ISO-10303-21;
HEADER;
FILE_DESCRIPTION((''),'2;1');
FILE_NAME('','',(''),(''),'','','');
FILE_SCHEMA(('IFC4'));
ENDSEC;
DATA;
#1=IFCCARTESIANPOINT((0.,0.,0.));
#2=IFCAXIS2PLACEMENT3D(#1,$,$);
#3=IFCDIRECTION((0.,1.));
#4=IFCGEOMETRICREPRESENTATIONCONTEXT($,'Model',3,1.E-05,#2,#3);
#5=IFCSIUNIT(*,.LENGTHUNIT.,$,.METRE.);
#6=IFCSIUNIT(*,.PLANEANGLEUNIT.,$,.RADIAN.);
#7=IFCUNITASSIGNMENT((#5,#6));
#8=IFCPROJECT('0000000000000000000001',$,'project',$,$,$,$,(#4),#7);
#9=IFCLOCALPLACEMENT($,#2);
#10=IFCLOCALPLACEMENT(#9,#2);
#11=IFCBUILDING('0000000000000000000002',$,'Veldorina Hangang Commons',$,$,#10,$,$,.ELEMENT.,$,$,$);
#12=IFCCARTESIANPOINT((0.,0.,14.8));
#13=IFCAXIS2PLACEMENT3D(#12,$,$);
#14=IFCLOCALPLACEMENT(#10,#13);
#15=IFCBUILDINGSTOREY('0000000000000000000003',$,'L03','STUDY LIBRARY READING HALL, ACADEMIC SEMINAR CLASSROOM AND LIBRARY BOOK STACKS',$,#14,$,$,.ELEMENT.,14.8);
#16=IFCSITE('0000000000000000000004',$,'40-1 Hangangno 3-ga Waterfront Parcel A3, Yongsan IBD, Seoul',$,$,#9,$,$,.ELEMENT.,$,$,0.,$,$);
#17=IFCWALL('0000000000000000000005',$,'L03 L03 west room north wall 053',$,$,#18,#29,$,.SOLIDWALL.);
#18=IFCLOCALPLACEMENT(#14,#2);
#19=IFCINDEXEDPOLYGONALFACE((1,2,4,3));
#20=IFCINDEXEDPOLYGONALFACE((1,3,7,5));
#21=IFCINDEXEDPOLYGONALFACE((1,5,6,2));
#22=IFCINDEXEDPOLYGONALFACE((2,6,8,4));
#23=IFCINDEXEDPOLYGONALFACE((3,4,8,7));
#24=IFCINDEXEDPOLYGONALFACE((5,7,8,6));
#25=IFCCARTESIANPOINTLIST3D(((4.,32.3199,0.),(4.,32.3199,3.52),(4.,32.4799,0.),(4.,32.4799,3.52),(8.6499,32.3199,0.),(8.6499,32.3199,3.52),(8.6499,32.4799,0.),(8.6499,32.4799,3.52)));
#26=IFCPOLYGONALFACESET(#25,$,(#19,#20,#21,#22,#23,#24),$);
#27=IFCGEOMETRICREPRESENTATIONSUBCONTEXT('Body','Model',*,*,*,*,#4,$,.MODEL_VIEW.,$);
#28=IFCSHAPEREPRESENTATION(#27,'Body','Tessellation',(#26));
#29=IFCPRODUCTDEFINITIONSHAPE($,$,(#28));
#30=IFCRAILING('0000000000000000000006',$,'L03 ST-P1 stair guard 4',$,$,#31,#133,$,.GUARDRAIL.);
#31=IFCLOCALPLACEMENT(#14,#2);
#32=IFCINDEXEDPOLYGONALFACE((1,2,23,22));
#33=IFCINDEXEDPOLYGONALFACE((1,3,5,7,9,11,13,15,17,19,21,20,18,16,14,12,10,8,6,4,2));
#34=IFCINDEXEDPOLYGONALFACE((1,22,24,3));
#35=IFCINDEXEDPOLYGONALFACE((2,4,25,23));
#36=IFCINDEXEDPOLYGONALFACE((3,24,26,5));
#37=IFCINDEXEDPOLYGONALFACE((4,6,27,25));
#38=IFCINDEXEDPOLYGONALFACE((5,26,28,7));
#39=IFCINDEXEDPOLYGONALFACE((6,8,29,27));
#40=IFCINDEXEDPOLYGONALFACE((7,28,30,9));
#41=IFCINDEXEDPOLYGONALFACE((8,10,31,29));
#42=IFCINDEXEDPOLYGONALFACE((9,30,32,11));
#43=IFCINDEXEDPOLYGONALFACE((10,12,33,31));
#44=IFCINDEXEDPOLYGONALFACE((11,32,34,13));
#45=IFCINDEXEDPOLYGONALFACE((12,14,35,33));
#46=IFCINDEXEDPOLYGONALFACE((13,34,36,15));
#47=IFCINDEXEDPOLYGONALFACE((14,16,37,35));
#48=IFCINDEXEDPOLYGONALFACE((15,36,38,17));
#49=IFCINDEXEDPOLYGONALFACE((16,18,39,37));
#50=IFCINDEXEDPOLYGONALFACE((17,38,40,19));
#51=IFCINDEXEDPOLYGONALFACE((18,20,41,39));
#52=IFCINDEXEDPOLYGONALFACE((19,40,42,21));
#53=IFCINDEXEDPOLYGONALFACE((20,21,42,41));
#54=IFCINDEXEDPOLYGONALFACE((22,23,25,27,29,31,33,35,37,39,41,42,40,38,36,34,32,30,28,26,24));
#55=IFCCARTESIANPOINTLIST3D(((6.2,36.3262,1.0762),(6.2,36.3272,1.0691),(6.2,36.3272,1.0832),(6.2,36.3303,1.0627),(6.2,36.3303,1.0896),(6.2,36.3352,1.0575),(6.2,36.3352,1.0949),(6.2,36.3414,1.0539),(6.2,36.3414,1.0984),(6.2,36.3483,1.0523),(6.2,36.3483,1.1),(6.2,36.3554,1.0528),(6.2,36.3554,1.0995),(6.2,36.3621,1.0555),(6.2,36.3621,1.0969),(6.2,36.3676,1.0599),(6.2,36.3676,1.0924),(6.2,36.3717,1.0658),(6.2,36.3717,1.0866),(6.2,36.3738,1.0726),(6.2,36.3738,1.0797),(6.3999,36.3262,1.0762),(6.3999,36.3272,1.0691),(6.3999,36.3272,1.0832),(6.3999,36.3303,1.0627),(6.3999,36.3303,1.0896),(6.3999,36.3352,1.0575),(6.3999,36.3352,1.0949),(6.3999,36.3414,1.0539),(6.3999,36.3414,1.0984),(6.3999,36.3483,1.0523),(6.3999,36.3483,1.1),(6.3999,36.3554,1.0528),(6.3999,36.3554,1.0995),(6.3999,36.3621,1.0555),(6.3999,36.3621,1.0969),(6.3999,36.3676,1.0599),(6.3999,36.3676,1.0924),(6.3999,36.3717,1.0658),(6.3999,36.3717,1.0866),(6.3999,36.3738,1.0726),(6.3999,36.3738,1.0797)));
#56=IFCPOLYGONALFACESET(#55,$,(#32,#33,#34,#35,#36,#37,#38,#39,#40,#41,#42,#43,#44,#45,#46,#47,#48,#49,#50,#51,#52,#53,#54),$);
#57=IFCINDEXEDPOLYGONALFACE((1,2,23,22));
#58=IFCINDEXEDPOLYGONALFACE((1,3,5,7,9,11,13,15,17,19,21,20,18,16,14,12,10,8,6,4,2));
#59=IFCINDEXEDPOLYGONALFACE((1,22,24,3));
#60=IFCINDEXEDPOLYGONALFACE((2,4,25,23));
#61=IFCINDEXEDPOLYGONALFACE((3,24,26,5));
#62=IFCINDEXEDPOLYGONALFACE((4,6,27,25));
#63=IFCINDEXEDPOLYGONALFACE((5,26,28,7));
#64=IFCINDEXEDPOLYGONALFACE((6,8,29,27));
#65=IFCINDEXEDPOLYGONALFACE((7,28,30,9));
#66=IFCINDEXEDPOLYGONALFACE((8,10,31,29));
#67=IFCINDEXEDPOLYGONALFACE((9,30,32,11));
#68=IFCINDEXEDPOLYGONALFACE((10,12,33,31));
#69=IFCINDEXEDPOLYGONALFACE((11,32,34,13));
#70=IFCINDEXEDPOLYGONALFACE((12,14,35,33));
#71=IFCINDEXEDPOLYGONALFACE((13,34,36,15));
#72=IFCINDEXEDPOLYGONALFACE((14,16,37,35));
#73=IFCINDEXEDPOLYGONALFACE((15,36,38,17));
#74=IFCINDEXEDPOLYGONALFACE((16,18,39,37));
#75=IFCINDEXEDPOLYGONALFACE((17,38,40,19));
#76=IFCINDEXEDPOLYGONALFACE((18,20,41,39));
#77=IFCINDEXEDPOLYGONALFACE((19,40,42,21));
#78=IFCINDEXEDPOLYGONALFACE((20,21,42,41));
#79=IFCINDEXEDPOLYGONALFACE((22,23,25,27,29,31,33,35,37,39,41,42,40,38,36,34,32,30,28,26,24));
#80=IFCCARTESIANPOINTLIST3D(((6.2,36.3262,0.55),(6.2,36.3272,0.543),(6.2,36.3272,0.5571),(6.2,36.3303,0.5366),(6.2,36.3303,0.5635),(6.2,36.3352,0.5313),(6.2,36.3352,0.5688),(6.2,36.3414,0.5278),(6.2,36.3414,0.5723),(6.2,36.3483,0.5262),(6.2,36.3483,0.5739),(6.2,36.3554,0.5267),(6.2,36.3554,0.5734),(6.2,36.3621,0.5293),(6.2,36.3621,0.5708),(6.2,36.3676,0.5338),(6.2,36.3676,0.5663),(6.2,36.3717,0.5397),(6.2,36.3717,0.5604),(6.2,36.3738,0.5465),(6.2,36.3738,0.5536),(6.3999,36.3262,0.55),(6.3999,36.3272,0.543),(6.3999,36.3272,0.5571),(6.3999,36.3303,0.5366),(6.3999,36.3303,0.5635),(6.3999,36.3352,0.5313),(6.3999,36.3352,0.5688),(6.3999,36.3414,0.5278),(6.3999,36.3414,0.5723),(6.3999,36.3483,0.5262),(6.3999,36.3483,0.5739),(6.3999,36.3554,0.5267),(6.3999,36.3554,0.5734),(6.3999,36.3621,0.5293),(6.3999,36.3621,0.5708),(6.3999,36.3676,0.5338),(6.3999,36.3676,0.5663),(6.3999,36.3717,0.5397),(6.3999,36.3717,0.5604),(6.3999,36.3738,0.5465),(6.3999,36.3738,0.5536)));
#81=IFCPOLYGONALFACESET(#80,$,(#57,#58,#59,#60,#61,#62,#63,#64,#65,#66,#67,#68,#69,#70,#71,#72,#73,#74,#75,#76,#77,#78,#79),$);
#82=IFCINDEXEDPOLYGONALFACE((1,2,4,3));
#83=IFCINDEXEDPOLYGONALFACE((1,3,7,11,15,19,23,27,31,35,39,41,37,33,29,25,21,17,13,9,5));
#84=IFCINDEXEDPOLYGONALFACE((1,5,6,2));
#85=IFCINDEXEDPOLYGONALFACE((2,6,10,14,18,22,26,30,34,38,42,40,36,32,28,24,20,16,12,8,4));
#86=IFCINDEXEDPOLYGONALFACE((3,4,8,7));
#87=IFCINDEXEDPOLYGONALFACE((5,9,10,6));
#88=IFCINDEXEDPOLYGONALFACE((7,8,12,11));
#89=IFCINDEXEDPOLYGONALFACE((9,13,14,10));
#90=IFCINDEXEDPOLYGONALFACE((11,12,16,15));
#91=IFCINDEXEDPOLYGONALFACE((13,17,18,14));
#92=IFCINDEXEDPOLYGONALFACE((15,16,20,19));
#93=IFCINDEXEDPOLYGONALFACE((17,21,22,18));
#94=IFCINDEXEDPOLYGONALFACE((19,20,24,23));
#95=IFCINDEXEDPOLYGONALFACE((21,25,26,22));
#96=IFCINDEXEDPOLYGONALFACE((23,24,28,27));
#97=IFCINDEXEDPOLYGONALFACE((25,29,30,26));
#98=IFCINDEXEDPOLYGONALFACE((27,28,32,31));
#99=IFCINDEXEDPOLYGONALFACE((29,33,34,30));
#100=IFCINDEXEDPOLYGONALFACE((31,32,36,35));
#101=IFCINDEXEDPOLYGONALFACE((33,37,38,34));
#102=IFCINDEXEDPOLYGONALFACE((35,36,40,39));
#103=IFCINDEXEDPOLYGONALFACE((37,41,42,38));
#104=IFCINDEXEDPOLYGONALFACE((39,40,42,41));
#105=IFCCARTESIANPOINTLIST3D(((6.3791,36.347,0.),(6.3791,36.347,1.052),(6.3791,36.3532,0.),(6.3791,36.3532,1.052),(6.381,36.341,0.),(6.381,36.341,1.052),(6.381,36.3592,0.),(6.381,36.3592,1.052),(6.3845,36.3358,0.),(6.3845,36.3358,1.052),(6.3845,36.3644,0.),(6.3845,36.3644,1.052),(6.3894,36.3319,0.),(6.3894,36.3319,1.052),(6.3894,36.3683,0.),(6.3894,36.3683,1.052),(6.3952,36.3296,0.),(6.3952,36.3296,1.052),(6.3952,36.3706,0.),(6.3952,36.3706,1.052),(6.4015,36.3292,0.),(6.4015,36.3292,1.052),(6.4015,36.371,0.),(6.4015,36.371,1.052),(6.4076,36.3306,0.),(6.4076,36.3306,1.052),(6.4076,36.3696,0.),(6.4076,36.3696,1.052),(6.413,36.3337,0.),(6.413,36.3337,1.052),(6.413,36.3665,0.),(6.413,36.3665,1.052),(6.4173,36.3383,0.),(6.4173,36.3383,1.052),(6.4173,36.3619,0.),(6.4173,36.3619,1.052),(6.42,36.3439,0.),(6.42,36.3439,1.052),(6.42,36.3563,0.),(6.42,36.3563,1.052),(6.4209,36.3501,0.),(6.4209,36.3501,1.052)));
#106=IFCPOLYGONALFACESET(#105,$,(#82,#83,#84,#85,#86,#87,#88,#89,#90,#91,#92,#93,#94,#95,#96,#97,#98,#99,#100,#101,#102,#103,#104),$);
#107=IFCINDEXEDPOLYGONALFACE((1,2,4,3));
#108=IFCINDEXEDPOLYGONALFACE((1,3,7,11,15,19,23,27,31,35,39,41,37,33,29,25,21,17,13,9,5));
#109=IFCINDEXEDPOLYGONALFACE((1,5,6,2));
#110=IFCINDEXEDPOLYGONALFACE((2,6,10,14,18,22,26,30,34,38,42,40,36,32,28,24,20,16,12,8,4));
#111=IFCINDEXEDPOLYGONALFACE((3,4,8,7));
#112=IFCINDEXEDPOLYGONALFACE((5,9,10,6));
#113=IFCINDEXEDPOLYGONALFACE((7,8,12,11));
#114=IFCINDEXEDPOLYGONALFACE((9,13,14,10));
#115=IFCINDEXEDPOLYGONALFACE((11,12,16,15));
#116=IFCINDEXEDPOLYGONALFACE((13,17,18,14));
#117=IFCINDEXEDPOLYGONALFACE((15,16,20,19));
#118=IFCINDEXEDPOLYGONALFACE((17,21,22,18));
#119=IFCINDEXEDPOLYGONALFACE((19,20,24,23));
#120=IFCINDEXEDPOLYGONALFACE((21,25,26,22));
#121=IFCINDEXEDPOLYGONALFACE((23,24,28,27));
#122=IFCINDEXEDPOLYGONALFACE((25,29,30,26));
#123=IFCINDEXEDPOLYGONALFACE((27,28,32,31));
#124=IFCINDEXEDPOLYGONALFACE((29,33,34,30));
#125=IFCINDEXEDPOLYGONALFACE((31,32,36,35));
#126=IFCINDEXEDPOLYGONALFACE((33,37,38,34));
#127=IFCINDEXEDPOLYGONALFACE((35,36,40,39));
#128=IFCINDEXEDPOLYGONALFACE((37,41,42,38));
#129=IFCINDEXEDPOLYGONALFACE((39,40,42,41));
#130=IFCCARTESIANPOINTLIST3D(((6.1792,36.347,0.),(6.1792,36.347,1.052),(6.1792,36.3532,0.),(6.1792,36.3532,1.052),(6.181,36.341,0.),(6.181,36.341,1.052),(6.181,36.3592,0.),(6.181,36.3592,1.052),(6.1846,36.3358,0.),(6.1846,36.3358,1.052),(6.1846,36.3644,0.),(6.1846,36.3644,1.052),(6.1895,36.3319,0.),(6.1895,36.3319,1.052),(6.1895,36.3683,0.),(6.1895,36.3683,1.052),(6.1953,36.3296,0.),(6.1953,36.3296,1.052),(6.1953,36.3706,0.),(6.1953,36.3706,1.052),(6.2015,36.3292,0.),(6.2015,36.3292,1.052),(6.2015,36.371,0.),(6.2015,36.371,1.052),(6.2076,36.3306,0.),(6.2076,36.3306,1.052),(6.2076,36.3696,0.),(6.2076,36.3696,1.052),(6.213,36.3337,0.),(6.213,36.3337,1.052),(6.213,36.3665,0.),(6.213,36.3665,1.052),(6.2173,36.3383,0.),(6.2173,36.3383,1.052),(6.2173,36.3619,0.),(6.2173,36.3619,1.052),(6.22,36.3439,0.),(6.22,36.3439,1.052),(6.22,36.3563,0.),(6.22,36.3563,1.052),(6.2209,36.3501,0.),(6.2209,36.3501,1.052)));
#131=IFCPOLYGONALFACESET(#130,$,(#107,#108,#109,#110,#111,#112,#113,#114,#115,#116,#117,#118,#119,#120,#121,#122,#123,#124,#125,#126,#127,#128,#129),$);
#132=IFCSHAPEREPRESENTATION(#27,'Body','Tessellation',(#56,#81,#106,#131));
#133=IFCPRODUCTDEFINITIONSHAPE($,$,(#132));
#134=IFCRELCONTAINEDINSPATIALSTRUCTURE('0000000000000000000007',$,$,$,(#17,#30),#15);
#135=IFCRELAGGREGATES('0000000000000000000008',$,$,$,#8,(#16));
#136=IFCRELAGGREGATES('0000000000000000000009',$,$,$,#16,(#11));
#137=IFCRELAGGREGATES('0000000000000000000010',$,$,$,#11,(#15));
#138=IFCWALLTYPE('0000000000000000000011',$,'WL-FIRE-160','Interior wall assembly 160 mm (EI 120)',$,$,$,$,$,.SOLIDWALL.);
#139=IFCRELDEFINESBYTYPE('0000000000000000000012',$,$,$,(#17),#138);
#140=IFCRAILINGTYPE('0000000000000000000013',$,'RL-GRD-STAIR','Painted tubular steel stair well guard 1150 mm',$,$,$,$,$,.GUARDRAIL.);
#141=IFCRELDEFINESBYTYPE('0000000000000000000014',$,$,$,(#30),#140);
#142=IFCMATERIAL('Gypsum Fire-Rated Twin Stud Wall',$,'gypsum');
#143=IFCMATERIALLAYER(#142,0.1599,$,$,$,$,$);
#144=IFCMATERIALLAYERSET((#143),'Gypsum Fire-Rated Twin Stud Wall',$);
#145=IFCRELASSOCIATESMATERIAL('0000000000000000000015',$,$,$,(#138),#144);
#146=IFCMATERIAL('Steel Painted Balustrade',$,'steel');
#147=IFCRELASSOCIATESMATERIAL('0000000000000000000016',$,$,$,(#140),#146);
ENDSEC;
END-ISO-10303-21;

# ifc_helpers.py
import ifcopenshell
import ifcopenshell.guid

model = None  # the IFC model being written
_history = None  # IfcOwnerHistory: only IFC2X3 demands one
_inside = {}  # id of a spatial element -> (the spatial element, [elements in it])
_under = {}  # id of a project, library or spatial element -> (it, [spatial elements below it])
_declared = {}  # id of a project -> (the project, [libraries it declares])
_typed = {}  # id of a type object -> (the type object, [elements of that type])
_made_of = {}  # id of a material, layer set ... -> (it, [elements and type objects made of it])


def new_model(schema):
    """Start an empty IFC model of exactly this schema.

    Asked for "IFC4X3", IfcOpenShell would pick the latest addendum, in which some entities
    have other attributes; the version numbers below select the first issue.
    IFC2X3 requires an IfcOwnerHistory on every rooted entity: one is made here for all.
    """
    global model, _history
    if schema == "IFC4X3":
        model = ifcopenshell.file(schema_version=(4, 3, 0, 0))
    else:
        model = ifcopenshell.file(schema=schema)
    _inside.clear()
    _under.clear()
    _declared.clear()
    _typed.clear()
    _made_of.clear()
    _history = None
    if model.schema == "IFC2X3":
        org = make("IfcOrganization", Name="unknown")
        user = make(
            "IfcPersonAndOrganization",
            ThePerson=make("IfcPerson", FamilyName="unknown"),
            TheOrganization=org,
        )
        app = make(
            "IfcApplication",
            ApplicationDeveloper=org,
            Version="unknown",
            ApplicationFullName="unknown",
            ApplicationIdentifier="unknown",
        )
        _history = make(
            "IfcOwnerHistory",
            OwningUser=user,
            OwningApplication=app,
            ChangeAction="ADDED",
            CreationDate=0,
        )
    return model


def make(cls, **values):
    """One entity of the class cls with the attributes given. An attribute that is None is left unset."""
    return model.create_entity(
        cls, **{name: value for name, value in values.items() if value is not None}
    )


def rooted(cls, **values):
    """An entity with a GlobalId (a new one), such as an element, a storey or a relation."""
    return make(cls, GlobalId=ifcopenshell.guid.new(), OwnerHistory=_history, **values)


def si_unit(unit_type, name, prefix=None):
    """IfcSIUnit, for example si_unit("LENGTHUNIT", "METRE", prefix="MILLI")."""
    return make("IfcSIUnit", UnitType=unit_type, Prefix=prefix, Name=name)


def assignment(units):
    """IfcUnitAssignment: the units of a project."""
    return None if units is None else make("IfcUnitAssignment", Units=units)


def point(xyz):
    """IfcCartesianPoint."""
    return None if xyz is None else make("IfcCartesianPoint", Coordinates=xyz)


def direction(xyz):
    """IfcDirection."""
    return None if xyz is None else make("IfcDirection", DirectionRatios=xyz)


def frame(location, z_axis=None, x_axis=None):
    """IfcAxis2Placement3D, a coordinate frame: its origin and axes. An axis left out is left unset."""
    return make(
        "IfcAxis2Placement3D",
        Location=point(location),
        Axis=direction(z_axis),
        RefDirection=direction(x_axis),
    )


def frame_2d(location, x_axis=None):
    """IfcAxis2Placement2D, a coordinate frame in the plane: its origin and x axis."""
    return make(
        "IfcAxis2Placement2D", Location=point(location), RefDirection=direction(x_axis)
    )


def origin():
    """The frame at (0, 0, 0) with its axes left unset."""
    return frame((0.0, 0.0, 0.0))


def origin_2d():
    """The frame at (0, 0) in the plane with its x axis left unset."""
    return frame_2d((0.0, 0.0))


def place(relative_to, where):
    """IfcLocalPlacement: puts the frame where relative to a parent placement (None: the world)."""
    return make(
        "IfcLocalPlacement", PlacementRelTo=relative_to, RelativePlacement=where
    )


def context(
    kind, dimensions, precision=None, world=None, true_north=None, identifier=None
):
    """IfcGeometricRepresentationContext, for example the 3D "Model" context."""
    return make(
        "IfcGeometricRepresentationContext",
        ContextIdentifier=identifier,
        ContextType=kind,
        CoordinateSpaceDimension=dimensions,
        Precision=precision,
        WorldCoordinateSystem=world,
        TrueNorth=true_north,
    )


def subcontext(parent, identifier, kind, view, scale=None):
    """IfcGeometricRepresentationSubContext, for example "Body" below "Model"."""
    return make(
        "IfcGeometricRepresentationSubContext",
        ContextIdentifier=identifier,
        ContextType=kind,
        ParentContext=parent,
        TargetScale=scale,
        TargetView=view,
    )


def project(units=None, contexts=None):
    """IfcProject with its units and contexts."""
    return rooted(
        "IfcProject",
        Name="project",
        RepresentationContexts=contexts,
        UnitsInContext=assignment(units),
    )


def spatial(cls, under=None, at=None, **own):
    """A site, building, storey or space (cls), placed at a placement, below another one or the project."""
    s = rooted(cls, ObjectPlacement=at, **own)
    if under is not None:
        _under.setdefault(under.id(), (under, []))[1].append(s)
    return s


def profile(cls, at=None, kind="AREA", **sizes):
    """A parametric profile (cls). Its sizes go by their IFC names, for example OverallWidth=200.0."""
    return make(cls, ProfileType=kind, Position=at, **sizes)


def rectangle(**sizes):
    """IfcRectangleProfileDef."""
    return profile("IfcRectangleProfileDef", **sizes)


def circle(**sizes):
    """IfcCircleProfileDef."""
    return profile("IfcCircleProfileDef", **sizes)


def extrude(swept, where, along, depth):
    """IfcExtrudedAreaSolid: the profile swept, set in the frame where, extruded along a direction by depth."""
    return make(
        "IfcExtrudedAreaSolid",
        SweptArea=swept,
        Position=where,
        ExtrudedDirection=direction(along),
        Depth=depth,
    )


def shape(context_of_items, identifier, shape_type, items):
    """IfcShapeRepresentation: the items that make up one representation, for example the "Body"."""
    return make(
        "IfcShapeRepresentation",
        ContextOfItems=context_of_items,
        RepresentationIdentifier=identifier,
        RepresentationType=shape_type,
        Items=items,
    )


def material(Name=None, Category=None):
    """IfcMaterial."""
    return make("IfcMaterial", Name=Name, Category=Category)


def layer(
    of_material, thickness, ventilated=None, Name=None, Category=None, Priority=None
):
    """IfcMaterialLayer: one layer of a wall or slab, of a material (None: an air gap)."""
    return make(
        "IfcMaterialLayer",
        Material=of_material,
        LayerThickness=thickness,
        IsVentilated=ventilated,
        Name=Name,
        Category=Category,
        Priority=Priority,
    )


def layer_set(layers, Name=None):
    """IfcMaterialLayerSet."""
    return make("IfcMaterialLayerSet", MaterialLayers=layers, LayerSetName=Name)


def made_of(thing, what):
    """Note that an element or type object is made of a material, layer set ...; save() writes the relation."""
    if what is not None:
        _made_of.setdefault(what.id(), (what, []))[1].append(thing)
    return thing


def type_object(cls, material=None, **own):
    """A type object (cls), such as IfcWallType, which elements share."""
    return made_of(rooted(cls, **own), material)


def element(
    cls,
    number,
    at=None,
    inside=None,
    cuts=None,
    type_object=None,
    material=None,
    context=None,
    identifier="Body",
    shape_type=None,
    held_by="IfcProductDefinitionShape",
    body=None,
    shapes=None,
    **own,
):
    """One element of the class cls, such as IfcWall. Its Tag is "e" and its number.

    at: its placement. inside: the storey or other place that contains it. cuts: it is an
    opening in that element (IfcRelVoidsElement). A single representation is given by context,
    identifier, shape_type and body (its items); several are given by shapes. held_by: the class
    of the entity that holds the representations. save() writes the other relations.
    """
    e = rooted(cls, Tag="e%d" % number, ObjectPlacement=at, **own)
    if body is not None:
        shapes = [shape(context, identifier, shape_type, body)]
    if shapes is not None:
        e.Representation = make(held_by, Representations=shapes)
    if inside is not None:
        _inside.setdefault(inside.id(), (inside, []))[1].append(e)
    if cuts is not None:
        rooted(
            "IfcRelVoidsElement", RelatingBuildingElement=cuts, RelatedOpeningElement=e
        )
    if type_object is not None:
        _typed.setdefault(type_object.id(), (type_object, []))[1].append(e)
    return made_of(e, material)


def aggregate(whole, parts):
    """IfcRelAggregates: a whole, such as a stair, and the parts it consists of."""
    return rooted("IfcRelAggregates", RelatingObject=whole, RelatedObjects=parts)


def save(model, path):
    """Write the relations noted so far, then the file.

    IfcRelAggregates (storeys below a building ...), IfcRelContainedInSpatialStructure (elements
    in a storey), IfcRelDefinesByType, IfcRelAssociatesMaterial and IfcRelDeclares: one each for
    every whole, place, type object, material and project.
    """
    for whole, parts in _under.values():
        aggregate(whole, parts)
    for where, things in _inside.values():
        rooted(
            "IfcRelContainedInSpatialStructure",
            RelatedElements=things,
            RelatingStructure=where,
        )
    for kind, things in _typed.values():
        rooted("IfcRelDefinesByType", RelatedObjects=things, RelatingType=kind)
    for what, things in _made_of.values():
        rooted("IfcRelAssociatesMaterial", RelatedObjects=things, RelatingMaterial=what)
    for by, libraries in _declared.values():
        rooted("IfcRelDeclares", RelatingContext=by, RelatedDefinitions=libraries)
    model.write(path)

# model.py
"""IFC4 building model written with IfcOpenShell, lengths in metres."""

from ifc_helpers import new_model, si_unit, direction, frame, frame_2d, origin, origin_2d, place, context, subcontext, project, spatial, rectangle, circle, extrude, material, layer, layer_set, type_object, element, save


model = new_model("IFC4")

# Units and contexts
model_context = context("Model", 3, precision=1e-05, world=origin(), true_north=direction((0.0, 1.0)))
body_context = subcontext(model_context, "Body", "Model", "MODEL_VIEW")
ifc_project = project(units=[si_unit("LENGTHUNIT", "METRE"), si_unit("PLANEANGLEUNIT", "RADIAN")], contexts=[model_context])

# Site, building, storey
site_placement = place(None, origin())
site = spatial("IfcSite", under=ifc_project, at=site_placement, Name="40-1 Hangangno 3-ga Waterfront Parcel A3, Yongsan IBD, Seoul", CompositionType="ELEMENT", RefElevation=0.0)
building_placement = place(site_placement, origin())
building = spatial("IfcBuilding", under=site, at=building_placement, Name="Veldorina Hangang Commons", CompositionType="ELEMENT")
storey_placement = place(building_placement, frame((0.0, 0.0, 14.8)))
storey = spatial("IfcBuildingStorey", under=building, at=storey_placement, Name="L03", Description="STUDY LIBRARY READING HALL, ACADEMIC SEMINAR CLASSROOM AND LIBRARY BOOK STACKS", CompositionType="ELEMENT", Elevation=14.8)

# Shared definitions
ifc_material_1 = material(Name="Gypsum Fire-Rated Twin Stud Wall", Category="gypsum")
ifc_layer_1 = layer(ifc_material_1, 0.1599)
ifc_layer_set_1 = layer_set([ifc_layer_1], Name="Gypsum Fire-Rated Twin Stud Wall")
wall_type_1 = type_object("IfcWallType", Name="WL-FIRE-160", Description="Interior wall assembly 160 mm (EI 120)", PredefinedType="SOLIDWALL", material=ifc_layer_set_1)

# Wall
wall_1_placement = place(storey_placement, frame((4.0, 32.3999, 0.0), z_axis=(0.0, 0.0, 1.0), x_axis=(1.0, 0.0, 0.0)))
element("IfcWall", 1, at=wall_1_placement, inside=storey, type_object=wall_type_1, Name="L03 L03 west room north wall 053", PredefinedType="SOLIDWALL", context=body_context, shape_type="SweptSolid", body=[
    extrude(rectangle(XDim=4.6499, YDim=0.1599, at=frame_2d((2.325, 0.0))), origin(), (0.0, 0.0, 1.0), 3.52),
])

# Railing
ifc_material_2 = material(Name="Steel Painted Balustrade", Category="steel")
railing_type = type_object("IfcRailingType", Name="RL-GRD-STAIR", Description="Painted tubular steel stair well guard 1150 mm", PredefinedType="GUARDRAIL", material=ifc_material_2)
railing_placement = place(storey_placement, frame((6.3999, 36.3501, 0.0)))
element("IfcRailing", 2, at=railing_placement, inside=storey, type_object=railing_type, Name="L03 ST-P1 stair guard 4", PredefinedType="GUARDRAIL", context=body_context, shape_type="SweptSolid", body=[
    extrude(circle(Radius=0.0239, at=origin_2d()), frame((0.0, 0.0, 1.0762), z_axis=(-1.0, 0.0, 0.0), x_axis=(0.0, -1.0, 0.0)), (0.0, 0.0, 1.0), 0.2),
    extrude(circle(Radius=0.0239, at=origin_2d()), frame((0.0, 0.0, 0.55), z_axis=(-1.0, 0.0, 0.0), x_axis=(0.0, -1.0, 0.0)), (0.0, 0.0, 1.0), 0.2),
    extrude(circle(Radius=0.021, at=origin_2d()), origin(), (0.0, 0.0, 1.0), 1.052),
    extrude(circle(Radius=0.021, at=origin_2d()), frame((-0.2, 0.0, 0.0)), (0.0, 0.0, 1.0), 1.052),
])

save(model, "model.ifc")
